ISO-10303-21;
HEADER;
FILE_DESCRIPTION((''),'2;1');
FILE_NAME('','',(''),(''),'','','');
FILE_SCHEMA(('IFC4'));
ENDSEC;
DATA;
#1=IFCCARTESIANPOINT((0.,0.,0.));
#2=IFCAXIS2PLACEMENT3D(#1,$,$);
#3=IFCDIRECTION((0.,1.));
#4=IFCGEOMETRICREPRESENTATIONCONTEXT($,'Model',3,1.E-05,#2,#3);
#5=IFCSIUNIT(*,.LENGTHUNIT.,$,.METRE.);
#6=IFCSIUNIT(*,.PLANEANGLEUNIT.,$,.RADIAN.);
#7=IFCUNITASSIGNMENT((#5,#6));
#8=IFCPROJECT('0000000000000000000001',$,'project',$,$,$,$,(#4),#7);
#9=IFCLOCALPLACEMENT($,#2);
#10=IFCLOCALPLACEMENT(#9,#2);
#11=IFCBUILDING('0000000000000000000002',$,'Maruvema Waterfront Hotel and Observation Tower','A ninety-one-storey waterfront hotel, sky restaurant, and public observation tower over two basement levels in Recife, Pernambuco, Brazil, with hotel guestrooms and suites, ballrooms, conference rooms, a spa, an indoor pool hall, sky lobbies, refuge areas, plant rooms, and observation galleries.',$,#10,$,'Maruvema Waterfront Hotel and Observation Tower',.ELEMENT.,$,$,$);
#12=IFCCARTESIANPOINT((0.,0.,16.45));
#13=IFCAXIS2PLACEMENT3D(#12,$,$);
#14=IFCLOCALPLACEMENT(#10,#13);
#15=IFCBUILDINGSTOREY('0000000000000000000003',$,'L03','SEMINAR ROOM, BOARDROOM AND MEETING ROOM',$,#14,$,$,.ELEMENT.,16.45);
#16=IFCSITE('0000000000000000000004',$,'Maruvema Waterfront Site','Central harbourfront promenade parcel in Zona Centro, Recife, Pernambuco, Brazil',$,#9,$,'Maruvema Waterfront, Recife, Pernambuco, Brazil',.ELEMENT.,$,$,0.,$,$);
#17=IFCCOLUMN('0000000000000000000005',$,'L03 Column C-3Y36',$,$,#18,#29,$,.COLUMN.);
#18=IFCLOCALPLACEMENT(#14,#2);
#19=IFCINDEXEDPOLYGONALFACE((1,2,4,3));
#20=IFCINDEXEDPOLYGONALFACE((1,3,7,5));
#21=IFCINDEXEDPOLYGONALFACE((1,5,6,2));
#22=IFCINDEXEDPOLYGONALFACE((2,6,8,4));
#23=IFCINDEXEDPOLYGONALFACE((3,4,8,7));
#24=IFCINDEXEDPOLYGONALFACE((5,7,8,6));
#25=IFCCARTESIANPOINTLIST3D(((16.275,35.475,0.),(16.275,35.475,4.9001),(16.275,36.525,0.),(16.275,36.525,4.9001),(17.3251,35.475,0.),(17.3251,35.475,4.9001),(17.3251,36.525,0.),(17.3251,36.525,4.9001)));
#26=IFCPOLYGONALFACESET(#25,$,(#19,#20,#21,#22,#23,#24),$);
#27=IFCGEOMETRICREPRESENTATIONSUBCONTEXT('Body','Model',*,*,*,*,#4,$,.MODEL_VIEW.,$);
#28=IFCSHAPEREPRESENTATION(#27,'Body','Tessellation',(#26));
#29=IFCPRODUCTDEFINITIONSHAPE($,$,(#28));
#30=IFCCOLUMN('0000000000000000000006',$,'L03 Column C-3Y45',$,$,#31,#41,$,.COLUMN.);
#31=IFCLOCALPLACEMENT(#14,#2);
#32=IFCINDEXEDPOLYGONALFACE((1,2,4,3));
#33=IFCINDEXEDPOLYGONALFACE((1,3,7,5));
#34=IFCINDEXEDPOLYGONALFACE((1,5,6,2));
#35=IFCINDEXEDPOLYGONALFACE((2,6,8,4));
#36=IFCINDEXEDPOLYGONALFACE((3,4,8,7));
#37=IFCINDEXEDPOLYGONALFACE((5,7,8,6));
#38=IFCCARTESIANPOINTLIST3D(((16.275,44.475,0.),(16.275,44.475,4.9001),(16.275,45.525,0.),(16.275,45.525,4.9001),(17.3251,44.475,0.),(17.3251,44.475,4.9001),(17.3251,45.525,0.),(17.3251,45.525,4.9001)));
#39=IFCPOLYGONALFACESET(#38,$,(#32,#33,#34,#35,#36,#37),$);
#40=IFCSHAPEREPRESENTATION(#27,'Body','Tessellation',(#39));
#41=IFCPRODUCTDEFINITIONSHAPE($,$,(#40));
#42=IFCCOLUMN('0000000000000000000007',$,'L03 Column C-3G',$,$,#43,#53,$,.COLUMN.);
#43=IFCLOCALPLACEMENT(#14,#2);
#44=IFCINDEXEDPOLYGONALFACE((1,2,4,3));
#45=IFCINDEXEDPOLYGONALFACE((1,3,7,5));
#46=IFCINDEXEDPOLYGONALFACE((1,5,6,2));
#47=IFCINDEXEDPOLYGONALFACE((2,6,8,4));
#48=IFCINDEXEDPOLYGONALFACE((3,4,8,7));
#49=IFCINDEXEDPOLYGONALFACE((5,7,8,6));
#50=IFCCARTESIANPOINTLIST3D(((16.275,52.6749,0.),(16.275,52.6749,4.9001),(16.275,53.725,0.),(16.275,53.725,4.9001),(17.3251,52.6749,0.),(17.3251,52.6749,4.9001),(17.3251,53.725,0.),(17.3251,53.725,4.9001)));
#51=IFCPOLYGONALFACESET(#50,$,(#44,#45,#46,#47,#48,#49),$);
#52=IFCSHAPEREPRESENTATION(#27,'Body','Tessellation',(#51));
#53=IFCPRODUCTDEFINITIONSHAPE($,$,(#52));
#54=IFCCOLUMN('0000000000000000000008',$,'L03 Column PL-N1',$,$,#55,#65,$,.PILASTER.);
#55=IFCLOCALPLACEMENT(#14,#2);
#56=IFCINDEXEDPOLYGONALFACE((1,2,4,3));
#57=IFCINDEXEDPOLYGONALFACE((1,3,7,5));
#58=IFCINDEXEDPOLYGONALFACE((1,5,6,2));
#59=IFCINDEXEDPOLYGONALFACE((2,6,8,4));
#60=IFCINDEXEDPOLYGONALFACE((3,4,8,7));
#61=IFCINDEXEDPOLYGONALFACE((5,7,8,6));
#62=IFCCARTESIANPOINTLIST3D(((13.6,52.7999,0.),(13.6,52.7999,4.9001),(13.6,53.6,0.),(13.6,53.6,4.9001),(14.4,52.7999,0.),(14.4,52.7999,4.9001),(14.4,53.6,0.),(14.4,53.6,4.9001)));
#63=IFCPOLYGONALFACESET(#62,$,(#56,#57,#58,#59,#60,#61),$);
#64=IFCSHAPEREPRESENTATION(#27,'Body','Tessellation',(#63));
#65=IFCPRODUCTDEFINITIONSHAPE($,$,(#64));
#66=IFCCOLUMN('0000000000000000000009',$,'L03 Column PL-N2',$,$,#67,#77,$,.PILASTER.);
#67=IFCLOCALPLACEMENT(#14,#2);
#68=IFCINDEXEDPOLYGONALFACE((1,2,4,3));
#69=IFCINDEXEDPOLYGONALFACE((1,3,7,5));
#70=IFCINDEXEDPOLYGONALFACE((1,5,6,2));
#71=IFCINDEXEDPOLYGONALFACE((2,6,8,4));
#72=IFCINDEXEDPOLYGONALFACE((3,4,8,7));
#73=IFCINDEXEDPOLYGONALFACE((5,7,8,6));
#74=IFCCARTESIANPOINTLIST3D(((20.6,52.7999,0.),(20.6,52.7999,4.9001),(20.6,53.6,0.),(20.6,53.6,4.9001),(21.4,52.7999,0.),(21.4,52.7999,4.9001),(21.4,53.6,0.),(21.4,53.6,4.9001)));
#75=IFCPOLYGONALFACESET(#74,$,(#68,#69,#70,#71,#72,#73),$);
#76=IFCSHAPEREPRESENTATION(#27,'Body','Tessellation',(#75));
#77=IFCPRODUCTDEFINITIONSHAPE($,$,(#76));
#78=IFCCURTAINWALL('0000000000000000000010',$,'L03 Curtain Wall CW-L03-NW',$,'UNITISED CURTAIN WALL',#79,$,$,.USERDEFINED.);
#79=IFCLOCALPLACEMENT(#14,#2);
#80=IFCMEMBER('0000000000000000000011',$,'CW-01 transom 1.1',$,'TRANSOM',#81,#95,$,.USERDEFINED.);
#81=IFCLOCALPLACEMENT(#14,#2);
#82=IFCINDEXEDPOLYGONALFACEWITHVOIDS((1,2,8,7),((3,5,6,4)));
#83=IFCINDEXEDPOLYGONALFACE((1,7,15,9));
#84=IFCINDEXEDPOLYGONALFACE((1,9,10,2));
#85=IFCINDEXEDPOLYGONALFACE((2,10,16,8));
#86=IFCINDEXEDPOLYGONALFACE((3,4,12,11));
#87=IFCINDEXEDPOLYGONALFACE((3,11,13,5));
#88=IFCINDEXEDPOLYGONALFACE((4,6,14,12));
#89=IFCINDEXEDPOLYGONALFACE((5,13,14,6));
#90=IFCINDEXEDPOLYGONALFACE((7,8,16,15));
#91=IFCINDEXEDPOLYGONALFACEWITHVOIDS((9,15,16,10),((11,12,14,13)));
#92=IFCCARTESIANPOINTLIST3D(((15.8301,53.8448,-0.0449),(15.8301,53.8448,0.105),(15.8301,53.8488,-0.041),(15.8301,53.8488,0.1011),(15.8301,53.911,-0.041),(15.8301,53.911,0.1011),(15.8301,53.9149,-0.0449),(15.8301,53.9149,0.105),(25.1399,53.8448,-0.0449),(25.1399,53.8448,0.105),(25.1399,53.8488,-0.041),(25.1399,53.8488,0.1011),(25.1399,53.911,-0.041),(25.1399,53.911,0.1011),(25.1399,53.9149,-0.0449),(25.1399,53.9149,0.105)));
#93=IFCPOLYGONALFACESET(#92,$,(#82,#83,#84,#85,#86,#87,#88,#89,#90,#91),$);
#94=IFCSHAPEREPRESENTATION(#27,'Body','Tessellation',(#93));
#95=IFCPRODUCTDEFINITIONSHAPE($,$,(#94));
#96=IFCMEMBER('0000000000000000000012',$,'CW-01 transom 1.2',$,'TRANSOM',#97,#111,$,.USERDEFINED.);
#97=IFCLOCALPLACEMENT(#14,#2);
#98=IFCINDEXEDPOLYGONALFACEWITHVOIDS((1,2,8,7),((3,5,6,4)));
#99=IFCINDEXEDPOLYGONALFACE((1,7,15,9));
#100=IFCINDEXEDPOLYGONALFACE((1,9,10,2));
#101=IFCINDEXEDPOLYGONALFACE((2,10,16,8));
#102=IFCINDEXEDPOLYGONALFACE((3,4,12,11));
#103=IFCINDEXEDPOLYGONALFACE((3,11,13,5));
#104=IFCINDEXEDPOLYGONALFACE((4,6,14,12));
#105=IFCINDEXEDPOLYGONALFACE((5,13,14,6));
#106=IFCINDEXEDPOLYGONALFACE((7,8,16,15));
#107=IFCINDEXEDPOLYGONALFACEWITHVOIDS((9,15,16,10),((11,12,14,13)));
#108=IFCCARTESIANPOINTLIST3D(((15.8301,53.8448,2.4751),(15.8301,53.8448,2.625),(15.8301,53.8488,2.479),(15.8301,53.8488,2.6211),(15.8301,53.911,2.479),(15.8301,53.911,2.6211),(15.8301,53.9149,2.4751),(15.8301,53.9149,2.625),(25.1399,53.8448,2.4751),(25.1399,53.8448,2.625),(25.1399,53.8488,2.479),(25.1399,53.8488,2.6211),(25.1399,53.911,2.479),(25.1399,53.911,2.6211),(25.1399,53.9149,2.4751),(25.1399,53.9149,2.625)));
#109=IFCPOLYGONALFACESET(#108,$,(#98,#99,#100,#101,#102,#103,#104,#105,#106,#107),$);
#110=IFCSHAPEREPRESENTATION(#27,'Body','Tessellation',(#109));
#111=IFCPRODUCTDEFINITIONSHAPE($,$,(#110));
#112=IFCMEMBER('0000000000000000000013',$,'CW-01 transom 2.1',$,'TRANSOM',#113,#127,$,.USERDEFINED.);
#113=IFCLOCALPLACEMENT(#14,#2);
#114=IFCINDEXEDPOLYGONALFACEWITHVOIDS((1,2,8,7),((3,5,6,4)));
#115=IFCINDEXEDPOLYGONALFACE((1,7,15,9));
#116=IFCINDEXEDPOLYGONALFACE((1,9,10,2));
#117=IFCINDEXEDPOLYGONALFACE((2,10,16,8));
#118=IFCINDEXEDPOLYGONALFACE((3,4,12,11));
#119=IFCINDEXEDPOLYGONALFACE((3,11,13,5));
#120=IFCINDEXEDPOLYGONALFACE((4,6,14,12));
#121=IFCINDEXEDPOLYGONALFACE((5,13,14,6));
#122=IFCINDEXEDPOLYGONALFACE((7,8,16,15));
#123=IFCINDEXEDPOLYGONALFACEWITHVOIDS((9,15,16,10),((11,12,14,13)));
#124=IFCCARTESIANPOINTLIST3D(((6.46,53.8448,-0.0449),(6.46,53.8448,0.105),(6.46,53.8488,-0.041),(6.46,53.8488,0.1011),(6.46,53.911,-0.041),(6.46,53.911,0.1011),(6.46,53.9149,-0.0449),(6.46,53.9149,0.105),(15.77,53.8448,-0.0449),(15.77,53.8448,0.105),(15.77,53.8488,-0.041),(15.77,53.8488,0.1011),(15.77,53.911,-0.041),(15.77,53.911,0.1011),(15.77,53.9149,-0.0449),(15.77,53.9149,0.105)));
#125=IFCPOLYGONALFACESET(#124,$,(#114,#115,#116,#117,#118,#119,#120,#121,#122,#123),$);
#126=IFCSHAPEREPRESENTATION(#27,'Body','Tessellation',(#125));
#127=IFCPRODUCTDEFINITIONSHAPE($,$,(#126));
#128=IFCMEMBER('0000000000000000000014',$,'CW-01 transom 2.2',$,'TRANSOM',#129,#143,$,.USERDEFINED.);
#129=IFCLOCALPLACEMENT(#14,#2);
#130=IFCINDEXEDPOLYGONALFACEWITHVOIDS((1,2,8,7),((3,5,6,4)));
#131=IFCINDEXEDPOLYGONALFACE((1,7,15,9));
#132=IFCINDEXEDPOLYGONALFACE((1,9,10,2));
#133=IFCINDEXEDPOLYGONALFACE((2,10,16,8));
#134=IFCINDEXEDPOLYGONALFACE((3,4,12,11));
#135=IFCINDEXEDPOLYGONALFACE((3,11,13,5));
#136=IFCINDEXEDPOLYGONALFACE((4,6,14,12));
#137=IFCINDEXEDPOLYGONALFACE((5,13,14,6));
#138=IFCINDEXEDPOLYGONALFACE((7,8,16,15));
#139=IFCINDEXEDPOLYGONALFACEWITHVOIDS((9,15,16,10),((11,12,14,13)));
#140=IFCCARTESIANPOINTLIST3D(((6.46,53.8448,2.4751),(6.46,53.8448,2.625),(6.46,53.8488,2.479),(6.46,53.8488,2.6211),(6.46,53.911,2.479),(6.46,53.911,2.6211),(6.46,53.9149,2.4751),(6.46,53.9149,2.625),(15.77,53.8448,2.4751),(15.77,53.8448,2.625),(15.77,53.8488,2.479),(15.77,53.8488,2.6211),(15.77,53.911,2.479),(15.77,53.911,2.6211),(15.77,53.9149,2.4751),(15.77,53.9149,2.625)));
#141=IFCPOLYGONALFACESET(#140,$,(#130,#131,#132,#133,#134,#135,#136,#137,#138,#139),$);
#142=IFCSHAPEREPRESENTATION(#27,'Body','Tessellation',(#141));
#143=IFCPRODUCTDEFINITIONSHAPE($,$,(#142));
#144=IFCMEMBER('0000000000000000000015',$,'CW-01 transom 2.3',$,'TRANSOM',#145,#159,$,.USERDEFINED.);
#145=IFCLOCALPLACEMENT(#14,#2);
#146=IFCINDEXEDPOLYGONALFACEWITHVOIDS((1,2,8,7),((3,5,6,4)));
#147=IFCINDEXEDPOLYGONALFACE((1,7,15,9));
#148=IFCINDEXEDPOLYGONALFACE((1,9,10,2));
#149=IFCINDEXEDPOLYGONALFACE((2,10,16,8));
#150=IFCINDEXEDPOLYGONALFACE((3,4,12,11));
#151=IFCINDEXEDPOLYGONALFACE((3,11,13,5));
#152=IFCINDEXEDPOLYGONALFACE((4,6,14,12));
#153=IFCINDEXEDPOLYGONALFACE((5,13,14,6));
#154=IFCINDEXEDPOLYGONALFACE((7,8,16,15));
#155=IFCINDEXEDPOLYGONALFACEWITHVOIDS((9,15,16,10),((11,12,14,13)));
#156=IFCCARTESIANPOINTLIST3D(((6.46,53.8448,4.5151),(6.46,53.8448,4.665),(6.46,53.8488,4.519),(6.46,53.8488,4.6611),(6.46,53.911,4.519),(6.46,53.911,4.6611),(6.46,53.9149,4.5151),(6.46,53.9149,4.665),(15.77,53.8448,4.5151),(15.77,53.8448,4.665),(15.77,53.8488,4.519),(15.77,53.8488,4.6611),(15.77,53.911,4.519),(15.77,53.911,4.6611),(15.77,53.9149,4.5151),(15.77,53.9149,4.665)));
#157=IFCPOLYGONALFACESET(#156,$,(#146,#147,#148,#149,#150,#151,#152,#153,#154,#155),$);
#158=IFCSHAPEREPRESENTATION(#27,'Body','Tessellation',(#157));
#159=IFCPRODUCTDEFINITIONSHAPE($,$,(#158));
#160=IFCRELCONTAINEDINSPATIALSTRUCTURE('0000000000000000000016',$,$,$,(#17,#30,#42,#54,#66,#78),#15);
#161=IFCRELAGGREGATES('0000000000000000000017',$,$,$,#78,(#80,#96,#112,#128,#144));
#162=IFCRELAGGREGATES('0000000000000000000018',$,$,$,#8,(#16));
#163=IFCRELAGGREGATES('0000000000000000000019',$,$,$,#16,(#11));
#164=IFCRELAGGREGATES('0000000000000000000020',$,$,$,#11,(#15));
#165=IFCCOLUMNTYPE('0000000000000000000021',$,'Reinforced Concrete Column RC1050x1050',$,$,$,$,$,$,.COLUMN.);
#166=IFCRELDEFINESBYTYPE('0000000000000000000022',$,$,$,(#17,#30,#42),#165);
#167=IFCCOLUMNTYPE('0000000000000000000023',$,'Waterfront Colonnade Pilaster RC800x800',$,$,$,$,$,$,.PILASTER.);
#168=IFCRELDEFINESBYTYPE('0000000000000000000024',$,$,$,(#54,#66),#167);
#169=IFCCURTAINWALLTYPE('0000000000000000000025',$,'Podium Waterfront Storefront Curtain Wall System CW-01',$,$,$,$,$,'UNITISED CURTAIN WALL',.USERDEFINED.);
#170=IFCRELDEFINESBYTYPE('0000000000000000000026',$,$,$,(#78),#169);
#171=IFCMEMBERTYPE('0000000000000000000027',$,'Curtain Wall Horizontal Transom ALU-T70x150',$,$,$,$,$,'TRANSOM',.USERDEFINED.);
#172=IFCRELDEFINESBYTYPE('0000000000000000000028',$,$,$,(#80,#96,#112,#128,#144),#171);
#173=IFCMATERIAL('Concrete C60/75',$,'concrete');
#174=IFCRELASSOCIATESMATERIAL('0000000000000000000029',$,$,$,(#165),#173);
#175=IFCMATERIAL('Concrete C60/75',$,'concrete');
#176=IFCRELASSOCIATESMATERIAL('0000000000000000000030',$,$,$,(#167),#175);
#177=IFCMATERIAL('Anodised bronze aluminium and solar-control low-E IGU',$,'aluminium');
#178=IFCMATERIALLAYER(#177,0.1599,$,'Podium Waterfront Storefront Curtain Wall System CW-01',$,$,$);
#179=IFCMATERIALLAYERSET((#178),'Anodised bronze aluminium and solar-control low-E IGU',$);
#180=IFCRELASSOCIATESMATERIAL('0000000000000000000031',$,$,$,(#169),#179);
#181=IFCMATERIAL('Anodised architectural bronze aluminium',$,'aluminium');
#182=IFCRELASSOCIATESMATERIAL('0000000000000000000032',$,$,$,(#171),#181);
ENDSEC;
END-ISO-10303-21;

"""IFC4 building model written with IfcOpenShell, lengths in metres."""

from ifc_helpers import new_model, si_unit, direction, frame, origin, origin_2d, place, context, subcontext, project, spatial, rectangle, hollow_rectangle, extrude, material, layer, layer_set, material_profile, profile_set, type_object, element, aggregate, save


model = new_model("IFC4")

# Units and contexts
model_context = context("Model", 3, precision=1e-05, world=origin(), true_north=direction((0.0, 1.0)))
body_context = subcontext(model_context, "Body", "Model", "MODEL_VIEW")
ifc_project = project(units=[si_unit("LENGTHUNIT", "METRE"), si_unit("PLANEANGLEUNIT", "RADIAN")], contexts=[model_context])

# Site, building, storey
site_placement = place(None, origin())
site = spatial("IfcSite", under=ifc_project, at=site_placement, Name="Maruvema Waterfront Site", Description="Central harbourfront promenade parcel in Zona Centro, Recife, Pernambuco, Brazil", LongName="Maruvema Waterfront, Recife, Pernambuco, Brazil", CompositionType="ELEMENT", RefElevation=0.0)
building_placement = place(site_placement, origin())
building = spatial("IfcBuilding", under=site, at=building_placement, Name="Maruvema Waterfront Hotel and Observation Tower", Description="A ninety-one-storey waterfront hotel, sky restaurant, and public observation tower over two basement levels in Recife, Pernambuco, Brazil, with hotel guestrooms and suites, ballrooms, conference rooms, a spa, an indoor pool hall, sky lobbies, refuge areas, plant rooms, and observation galleries.", LongName="Maruvema Waterfront Hotel and Observation Tower", CompositionType="ELEMENT")
storey_placement = place(building_placement, frame((0.0, 0.0, 16.45)))
storey = spatial("IfcBuildingStorey", under=building, at=storey_placement, Name="L03", Description="SEMINAR ROOM, BOARDROOM AND MEETING ROOM", CompositionType="ELEMENT", Elevation=16.45)

# Columns
ifc_material_1 = material(Name="Concrete C60/75", Category="concrete")
ifc_material_profile_1 = material_profile(ifc_material_1, rectangle(XDim=1.05, YDim=1.05, at=origin_2d()), Name="RC1050x1050")
ifc_profile_set_1 = profile_set([ifc_material_profile_1], Name="Concrete C60/75")
column_type_1 = type_object("IfcColumnType", Name="Reinforced Concrete Column RC1050x1050", PredefinedType="COLUMN", material=ifc_profile_set_1)
for number, where, z_axis, x_axis, name in (
    (1, (16.8, 36.0, 0.0), (0.0, 0.0, 1.0), (1.0, 0.0, 0.0), "L03 Column C-3Y36"),
    (2, (16.8, 45.0, 0.0), (0.0, 0.0, 1.0), (1.0, 0.0, 0.0), "L03 Column C-3Y45"),
    (3, (16.8, 53.2, 0.0), (0.0, 0.0, 1.0), (1.0, 0.0, 0.0), "L03 Column C-3G"),
):
    element("IfcColumn", number, at=place(storey_placement, frame(where, z_axis=z_axis, x_axis=x_axis)), inside=storey, type_object=column_type_1, Name=name, PredefinedType="COLUMN", context=body_context, shape_type="SweptSolid", body=[
        extrude(rectangle(XDim=1.05, YDim=1.05, at=origin_2d()), origin(), (0.0, 0.0, 1.0), 4.9001),
    ])
ifc_material_2 = material(Name="Concrete C60/75", Category="concrete")
ifc_material_profile_2 = material_profile(ifc_material_2, rectangle(XDim=0.8, YDim=0.8, at=origin_2d()), Name="RC800x800")
ifc_profile_set_2 = profile_set([ifc_material_profile_2], Name="Concrete C60/75")
column_type_2 = type_object("IfcColumnType", Name="Waterfront Colonnade Pilaster RC800x800", PredefinedType="PILASTER", material=ifc_profile_set_2)
for number, where, z_axis, x_axis, name in (
    (4, (14.0, 53.2, 0.0), (0.0, 0.0, 1.0), (1.0, 0.0, 0.0), "L03 Column PL-N1"),
    (5, (21.0, 53.2, 0.0), (0.0, 0.0, 1.0), (1.0, 0.0, 0.0), "L03 Column PL-N2"),
):
    element("IfcColumn", number, at=place(storey_placement, frame(where, z_axis=z_axis, x_axis=x_axis)), inside=storey, type_object=column_type_2, Name=name, PredefinedType="PILASTER", context=body_context, shape_type="SweptSolid", body=[
        extrude(rectangle(XDim=0.8, YDim=0.8, at=origin_2d()), origin(), (0.0, 0.0, 1.0), 4.9001),
    ])

# Curtain wall, members
ifc_material_3 = material(Name="Anodised bronze aluminium and solar-control low-E IGU", Category="aluminium")
ifc_layer_1 = layer(ifc_material_3, 0.1599, Name="Podium Waterfront Storefront Curtain Wall System CW-01")
ifc_layer_set_1 = layer_set([ifc_layer_1], Name="Anodised bronze aluminium and solar-control low-E IGU")
curtain_wall_type = type_object("IfcCurtainWallType", Name="Podium Waterfront Storefront Curtain Wall System CW-01", ElementType="UNITISED CURTAIN WALL", PredefinedType="USERDEFINED", material=ifc_layer_set_1)
curtain_wall_placement = place(storey_placement, origin())
curtain_wall = element("IfcCurtainWall", 6, at=curtain_wall_placement, inside=storey, type_object=curtain_wall_type, Name="L03 Curtain Wall CW-L03-NW", ObjectType="UNITISED CURTAIN WALL", PredefinedType="USERDEFINED")
ifc_material_4 = material(Name="Anodised architectural bronze aluminium", Category="aluminium")
ifc_material_profile_3 = material_profile(ifc_material_4, hollow_rectangle(XDim=0.0701, YDim=0.1499, WallThickness=0.0039, at=origin_2d()), Name="ALU-T70x150")
ifc_profile_set_3 = profile_set([ifc_material_profile_3], Name="Anodised architectural bronze aluminium")
member_type_1 = type_object("IfcMemberType", Name="Curtain Wall Horizontal Transom ALU-T70x150", ElementType="TRANSOM", PredefinedType="USERDEFINED", material=ifc_profile_set_3)
member_1_placement = place(storey_placement, frame((25.1399, 53.8799, 0.03), z_axis=(-1.0, 0.0, 0.0), x_axis=(0.0, -1.0, 0.0)))
member_1 = element("IfcMember", 7, at=member_1_placement, type_object=member_type_1, Name="CW-01 transom 1.1", ObjectType="TRANSOM", PredefinedType="USERDEFINED", context=body_context, shape_type="SweptSolid", body=[
    extrude(hollow_rectangle(XDim=0.0701, YDim=0.1499, WallThickness=0.0039, at=origin_2d()), origin(), (0.0, 0.0, 1.0), 9.3098),
])
member_2_placement = place(storey_placement, frame((25.1399, 53.8799, 2.55), z_axis=(-1.0, 0.0, 0.0), x_axis=(0.0, -1.0, 0.0)))
member_2 = element("IfcMember", 8, at=member_2_placement, type_object=member_type_1, Name="CW-01 transom 1.2", ObjectType="TRANSOM", PredefinedType="USERDEFINED", context=body_context, shape_type="SweptSolid", body=[
    extrude(hollow_rectangle(XDim=0.0701, YDim=0.1499, WallThickness=0.0039, at=origin_2d()), origin(), (0.0, 0.0, 1.0), 9.3098),
])
member_3_placement = place(storey_placement, frame((15.77, 53.8799, 0.03), z_axis=(-1.0, 0.0, 0.0), x_axis=(0.0, -1.0, 0.0)))
member_3 = element("IfcMember", 9, at=member_3_placement, type_object=member_type_1, Name="CW-01 transom 2.1", ObjectType="TRANSOM", PredefinedType="USERDEFINED", context=body_context, shape_type="SweptSolid", body=[
    extrude(hollow_rectangle(XDim=0.0701, YDim=0.1499, WallThickness=0.0039, at=origin_2d()), origin(), (0.0, 0.0, 1.0), 9.3101),
])
member_4_placement = place(storey_placement, frame((15.77, 53.8799, 2.55), z_axis=(-1.0, 0.0, 0.0), x_axis=(0.0, -1.0, 0.0)))
member_4 = element("IfcMember", 10, at=member_4_placement, type_object=member_type_1, Name="CW-01 transom 2.2", ObjectType="TRANSOM", PredefinedType="USERDEFINED", context=body_context, shape_type="SweptSolid", body=[
    extrude(hollow_rectangle(XDim=0.0701, YDim=0.1499, WallThickness=0.0039, at=origin_2d()), origin(), (0.0, 0.0, 1.0), 9.3101),
])
member_5_placement = place(storey_placement, frame((15.77, 53.8799, 4.5901), z_axis=(-1.0, 0.0, 0.0), x_axis=(0.0, -1.0, 0.0)))
member_5 = element("IfcMember", 11, at=member_5_placement, type_object=member_type_1, Name="CW-01 transom 2.3", ObjectType="TRANSOM", PredefinedType="USERDEFINED", context=body_context, shape_type="SweptSolid", body=[
    extrude(hollow_rectangle(XDim=0.0701, YDim=0.1499, WallThickness=0.0039, at=origin_2d()), origin(), (0.0, 0.0, 1.0), 9.3101),
])

aggregate(curtain_wall, [member_1, member_2, member_3, member_4, member_5])

save(model, "model.ifc")
